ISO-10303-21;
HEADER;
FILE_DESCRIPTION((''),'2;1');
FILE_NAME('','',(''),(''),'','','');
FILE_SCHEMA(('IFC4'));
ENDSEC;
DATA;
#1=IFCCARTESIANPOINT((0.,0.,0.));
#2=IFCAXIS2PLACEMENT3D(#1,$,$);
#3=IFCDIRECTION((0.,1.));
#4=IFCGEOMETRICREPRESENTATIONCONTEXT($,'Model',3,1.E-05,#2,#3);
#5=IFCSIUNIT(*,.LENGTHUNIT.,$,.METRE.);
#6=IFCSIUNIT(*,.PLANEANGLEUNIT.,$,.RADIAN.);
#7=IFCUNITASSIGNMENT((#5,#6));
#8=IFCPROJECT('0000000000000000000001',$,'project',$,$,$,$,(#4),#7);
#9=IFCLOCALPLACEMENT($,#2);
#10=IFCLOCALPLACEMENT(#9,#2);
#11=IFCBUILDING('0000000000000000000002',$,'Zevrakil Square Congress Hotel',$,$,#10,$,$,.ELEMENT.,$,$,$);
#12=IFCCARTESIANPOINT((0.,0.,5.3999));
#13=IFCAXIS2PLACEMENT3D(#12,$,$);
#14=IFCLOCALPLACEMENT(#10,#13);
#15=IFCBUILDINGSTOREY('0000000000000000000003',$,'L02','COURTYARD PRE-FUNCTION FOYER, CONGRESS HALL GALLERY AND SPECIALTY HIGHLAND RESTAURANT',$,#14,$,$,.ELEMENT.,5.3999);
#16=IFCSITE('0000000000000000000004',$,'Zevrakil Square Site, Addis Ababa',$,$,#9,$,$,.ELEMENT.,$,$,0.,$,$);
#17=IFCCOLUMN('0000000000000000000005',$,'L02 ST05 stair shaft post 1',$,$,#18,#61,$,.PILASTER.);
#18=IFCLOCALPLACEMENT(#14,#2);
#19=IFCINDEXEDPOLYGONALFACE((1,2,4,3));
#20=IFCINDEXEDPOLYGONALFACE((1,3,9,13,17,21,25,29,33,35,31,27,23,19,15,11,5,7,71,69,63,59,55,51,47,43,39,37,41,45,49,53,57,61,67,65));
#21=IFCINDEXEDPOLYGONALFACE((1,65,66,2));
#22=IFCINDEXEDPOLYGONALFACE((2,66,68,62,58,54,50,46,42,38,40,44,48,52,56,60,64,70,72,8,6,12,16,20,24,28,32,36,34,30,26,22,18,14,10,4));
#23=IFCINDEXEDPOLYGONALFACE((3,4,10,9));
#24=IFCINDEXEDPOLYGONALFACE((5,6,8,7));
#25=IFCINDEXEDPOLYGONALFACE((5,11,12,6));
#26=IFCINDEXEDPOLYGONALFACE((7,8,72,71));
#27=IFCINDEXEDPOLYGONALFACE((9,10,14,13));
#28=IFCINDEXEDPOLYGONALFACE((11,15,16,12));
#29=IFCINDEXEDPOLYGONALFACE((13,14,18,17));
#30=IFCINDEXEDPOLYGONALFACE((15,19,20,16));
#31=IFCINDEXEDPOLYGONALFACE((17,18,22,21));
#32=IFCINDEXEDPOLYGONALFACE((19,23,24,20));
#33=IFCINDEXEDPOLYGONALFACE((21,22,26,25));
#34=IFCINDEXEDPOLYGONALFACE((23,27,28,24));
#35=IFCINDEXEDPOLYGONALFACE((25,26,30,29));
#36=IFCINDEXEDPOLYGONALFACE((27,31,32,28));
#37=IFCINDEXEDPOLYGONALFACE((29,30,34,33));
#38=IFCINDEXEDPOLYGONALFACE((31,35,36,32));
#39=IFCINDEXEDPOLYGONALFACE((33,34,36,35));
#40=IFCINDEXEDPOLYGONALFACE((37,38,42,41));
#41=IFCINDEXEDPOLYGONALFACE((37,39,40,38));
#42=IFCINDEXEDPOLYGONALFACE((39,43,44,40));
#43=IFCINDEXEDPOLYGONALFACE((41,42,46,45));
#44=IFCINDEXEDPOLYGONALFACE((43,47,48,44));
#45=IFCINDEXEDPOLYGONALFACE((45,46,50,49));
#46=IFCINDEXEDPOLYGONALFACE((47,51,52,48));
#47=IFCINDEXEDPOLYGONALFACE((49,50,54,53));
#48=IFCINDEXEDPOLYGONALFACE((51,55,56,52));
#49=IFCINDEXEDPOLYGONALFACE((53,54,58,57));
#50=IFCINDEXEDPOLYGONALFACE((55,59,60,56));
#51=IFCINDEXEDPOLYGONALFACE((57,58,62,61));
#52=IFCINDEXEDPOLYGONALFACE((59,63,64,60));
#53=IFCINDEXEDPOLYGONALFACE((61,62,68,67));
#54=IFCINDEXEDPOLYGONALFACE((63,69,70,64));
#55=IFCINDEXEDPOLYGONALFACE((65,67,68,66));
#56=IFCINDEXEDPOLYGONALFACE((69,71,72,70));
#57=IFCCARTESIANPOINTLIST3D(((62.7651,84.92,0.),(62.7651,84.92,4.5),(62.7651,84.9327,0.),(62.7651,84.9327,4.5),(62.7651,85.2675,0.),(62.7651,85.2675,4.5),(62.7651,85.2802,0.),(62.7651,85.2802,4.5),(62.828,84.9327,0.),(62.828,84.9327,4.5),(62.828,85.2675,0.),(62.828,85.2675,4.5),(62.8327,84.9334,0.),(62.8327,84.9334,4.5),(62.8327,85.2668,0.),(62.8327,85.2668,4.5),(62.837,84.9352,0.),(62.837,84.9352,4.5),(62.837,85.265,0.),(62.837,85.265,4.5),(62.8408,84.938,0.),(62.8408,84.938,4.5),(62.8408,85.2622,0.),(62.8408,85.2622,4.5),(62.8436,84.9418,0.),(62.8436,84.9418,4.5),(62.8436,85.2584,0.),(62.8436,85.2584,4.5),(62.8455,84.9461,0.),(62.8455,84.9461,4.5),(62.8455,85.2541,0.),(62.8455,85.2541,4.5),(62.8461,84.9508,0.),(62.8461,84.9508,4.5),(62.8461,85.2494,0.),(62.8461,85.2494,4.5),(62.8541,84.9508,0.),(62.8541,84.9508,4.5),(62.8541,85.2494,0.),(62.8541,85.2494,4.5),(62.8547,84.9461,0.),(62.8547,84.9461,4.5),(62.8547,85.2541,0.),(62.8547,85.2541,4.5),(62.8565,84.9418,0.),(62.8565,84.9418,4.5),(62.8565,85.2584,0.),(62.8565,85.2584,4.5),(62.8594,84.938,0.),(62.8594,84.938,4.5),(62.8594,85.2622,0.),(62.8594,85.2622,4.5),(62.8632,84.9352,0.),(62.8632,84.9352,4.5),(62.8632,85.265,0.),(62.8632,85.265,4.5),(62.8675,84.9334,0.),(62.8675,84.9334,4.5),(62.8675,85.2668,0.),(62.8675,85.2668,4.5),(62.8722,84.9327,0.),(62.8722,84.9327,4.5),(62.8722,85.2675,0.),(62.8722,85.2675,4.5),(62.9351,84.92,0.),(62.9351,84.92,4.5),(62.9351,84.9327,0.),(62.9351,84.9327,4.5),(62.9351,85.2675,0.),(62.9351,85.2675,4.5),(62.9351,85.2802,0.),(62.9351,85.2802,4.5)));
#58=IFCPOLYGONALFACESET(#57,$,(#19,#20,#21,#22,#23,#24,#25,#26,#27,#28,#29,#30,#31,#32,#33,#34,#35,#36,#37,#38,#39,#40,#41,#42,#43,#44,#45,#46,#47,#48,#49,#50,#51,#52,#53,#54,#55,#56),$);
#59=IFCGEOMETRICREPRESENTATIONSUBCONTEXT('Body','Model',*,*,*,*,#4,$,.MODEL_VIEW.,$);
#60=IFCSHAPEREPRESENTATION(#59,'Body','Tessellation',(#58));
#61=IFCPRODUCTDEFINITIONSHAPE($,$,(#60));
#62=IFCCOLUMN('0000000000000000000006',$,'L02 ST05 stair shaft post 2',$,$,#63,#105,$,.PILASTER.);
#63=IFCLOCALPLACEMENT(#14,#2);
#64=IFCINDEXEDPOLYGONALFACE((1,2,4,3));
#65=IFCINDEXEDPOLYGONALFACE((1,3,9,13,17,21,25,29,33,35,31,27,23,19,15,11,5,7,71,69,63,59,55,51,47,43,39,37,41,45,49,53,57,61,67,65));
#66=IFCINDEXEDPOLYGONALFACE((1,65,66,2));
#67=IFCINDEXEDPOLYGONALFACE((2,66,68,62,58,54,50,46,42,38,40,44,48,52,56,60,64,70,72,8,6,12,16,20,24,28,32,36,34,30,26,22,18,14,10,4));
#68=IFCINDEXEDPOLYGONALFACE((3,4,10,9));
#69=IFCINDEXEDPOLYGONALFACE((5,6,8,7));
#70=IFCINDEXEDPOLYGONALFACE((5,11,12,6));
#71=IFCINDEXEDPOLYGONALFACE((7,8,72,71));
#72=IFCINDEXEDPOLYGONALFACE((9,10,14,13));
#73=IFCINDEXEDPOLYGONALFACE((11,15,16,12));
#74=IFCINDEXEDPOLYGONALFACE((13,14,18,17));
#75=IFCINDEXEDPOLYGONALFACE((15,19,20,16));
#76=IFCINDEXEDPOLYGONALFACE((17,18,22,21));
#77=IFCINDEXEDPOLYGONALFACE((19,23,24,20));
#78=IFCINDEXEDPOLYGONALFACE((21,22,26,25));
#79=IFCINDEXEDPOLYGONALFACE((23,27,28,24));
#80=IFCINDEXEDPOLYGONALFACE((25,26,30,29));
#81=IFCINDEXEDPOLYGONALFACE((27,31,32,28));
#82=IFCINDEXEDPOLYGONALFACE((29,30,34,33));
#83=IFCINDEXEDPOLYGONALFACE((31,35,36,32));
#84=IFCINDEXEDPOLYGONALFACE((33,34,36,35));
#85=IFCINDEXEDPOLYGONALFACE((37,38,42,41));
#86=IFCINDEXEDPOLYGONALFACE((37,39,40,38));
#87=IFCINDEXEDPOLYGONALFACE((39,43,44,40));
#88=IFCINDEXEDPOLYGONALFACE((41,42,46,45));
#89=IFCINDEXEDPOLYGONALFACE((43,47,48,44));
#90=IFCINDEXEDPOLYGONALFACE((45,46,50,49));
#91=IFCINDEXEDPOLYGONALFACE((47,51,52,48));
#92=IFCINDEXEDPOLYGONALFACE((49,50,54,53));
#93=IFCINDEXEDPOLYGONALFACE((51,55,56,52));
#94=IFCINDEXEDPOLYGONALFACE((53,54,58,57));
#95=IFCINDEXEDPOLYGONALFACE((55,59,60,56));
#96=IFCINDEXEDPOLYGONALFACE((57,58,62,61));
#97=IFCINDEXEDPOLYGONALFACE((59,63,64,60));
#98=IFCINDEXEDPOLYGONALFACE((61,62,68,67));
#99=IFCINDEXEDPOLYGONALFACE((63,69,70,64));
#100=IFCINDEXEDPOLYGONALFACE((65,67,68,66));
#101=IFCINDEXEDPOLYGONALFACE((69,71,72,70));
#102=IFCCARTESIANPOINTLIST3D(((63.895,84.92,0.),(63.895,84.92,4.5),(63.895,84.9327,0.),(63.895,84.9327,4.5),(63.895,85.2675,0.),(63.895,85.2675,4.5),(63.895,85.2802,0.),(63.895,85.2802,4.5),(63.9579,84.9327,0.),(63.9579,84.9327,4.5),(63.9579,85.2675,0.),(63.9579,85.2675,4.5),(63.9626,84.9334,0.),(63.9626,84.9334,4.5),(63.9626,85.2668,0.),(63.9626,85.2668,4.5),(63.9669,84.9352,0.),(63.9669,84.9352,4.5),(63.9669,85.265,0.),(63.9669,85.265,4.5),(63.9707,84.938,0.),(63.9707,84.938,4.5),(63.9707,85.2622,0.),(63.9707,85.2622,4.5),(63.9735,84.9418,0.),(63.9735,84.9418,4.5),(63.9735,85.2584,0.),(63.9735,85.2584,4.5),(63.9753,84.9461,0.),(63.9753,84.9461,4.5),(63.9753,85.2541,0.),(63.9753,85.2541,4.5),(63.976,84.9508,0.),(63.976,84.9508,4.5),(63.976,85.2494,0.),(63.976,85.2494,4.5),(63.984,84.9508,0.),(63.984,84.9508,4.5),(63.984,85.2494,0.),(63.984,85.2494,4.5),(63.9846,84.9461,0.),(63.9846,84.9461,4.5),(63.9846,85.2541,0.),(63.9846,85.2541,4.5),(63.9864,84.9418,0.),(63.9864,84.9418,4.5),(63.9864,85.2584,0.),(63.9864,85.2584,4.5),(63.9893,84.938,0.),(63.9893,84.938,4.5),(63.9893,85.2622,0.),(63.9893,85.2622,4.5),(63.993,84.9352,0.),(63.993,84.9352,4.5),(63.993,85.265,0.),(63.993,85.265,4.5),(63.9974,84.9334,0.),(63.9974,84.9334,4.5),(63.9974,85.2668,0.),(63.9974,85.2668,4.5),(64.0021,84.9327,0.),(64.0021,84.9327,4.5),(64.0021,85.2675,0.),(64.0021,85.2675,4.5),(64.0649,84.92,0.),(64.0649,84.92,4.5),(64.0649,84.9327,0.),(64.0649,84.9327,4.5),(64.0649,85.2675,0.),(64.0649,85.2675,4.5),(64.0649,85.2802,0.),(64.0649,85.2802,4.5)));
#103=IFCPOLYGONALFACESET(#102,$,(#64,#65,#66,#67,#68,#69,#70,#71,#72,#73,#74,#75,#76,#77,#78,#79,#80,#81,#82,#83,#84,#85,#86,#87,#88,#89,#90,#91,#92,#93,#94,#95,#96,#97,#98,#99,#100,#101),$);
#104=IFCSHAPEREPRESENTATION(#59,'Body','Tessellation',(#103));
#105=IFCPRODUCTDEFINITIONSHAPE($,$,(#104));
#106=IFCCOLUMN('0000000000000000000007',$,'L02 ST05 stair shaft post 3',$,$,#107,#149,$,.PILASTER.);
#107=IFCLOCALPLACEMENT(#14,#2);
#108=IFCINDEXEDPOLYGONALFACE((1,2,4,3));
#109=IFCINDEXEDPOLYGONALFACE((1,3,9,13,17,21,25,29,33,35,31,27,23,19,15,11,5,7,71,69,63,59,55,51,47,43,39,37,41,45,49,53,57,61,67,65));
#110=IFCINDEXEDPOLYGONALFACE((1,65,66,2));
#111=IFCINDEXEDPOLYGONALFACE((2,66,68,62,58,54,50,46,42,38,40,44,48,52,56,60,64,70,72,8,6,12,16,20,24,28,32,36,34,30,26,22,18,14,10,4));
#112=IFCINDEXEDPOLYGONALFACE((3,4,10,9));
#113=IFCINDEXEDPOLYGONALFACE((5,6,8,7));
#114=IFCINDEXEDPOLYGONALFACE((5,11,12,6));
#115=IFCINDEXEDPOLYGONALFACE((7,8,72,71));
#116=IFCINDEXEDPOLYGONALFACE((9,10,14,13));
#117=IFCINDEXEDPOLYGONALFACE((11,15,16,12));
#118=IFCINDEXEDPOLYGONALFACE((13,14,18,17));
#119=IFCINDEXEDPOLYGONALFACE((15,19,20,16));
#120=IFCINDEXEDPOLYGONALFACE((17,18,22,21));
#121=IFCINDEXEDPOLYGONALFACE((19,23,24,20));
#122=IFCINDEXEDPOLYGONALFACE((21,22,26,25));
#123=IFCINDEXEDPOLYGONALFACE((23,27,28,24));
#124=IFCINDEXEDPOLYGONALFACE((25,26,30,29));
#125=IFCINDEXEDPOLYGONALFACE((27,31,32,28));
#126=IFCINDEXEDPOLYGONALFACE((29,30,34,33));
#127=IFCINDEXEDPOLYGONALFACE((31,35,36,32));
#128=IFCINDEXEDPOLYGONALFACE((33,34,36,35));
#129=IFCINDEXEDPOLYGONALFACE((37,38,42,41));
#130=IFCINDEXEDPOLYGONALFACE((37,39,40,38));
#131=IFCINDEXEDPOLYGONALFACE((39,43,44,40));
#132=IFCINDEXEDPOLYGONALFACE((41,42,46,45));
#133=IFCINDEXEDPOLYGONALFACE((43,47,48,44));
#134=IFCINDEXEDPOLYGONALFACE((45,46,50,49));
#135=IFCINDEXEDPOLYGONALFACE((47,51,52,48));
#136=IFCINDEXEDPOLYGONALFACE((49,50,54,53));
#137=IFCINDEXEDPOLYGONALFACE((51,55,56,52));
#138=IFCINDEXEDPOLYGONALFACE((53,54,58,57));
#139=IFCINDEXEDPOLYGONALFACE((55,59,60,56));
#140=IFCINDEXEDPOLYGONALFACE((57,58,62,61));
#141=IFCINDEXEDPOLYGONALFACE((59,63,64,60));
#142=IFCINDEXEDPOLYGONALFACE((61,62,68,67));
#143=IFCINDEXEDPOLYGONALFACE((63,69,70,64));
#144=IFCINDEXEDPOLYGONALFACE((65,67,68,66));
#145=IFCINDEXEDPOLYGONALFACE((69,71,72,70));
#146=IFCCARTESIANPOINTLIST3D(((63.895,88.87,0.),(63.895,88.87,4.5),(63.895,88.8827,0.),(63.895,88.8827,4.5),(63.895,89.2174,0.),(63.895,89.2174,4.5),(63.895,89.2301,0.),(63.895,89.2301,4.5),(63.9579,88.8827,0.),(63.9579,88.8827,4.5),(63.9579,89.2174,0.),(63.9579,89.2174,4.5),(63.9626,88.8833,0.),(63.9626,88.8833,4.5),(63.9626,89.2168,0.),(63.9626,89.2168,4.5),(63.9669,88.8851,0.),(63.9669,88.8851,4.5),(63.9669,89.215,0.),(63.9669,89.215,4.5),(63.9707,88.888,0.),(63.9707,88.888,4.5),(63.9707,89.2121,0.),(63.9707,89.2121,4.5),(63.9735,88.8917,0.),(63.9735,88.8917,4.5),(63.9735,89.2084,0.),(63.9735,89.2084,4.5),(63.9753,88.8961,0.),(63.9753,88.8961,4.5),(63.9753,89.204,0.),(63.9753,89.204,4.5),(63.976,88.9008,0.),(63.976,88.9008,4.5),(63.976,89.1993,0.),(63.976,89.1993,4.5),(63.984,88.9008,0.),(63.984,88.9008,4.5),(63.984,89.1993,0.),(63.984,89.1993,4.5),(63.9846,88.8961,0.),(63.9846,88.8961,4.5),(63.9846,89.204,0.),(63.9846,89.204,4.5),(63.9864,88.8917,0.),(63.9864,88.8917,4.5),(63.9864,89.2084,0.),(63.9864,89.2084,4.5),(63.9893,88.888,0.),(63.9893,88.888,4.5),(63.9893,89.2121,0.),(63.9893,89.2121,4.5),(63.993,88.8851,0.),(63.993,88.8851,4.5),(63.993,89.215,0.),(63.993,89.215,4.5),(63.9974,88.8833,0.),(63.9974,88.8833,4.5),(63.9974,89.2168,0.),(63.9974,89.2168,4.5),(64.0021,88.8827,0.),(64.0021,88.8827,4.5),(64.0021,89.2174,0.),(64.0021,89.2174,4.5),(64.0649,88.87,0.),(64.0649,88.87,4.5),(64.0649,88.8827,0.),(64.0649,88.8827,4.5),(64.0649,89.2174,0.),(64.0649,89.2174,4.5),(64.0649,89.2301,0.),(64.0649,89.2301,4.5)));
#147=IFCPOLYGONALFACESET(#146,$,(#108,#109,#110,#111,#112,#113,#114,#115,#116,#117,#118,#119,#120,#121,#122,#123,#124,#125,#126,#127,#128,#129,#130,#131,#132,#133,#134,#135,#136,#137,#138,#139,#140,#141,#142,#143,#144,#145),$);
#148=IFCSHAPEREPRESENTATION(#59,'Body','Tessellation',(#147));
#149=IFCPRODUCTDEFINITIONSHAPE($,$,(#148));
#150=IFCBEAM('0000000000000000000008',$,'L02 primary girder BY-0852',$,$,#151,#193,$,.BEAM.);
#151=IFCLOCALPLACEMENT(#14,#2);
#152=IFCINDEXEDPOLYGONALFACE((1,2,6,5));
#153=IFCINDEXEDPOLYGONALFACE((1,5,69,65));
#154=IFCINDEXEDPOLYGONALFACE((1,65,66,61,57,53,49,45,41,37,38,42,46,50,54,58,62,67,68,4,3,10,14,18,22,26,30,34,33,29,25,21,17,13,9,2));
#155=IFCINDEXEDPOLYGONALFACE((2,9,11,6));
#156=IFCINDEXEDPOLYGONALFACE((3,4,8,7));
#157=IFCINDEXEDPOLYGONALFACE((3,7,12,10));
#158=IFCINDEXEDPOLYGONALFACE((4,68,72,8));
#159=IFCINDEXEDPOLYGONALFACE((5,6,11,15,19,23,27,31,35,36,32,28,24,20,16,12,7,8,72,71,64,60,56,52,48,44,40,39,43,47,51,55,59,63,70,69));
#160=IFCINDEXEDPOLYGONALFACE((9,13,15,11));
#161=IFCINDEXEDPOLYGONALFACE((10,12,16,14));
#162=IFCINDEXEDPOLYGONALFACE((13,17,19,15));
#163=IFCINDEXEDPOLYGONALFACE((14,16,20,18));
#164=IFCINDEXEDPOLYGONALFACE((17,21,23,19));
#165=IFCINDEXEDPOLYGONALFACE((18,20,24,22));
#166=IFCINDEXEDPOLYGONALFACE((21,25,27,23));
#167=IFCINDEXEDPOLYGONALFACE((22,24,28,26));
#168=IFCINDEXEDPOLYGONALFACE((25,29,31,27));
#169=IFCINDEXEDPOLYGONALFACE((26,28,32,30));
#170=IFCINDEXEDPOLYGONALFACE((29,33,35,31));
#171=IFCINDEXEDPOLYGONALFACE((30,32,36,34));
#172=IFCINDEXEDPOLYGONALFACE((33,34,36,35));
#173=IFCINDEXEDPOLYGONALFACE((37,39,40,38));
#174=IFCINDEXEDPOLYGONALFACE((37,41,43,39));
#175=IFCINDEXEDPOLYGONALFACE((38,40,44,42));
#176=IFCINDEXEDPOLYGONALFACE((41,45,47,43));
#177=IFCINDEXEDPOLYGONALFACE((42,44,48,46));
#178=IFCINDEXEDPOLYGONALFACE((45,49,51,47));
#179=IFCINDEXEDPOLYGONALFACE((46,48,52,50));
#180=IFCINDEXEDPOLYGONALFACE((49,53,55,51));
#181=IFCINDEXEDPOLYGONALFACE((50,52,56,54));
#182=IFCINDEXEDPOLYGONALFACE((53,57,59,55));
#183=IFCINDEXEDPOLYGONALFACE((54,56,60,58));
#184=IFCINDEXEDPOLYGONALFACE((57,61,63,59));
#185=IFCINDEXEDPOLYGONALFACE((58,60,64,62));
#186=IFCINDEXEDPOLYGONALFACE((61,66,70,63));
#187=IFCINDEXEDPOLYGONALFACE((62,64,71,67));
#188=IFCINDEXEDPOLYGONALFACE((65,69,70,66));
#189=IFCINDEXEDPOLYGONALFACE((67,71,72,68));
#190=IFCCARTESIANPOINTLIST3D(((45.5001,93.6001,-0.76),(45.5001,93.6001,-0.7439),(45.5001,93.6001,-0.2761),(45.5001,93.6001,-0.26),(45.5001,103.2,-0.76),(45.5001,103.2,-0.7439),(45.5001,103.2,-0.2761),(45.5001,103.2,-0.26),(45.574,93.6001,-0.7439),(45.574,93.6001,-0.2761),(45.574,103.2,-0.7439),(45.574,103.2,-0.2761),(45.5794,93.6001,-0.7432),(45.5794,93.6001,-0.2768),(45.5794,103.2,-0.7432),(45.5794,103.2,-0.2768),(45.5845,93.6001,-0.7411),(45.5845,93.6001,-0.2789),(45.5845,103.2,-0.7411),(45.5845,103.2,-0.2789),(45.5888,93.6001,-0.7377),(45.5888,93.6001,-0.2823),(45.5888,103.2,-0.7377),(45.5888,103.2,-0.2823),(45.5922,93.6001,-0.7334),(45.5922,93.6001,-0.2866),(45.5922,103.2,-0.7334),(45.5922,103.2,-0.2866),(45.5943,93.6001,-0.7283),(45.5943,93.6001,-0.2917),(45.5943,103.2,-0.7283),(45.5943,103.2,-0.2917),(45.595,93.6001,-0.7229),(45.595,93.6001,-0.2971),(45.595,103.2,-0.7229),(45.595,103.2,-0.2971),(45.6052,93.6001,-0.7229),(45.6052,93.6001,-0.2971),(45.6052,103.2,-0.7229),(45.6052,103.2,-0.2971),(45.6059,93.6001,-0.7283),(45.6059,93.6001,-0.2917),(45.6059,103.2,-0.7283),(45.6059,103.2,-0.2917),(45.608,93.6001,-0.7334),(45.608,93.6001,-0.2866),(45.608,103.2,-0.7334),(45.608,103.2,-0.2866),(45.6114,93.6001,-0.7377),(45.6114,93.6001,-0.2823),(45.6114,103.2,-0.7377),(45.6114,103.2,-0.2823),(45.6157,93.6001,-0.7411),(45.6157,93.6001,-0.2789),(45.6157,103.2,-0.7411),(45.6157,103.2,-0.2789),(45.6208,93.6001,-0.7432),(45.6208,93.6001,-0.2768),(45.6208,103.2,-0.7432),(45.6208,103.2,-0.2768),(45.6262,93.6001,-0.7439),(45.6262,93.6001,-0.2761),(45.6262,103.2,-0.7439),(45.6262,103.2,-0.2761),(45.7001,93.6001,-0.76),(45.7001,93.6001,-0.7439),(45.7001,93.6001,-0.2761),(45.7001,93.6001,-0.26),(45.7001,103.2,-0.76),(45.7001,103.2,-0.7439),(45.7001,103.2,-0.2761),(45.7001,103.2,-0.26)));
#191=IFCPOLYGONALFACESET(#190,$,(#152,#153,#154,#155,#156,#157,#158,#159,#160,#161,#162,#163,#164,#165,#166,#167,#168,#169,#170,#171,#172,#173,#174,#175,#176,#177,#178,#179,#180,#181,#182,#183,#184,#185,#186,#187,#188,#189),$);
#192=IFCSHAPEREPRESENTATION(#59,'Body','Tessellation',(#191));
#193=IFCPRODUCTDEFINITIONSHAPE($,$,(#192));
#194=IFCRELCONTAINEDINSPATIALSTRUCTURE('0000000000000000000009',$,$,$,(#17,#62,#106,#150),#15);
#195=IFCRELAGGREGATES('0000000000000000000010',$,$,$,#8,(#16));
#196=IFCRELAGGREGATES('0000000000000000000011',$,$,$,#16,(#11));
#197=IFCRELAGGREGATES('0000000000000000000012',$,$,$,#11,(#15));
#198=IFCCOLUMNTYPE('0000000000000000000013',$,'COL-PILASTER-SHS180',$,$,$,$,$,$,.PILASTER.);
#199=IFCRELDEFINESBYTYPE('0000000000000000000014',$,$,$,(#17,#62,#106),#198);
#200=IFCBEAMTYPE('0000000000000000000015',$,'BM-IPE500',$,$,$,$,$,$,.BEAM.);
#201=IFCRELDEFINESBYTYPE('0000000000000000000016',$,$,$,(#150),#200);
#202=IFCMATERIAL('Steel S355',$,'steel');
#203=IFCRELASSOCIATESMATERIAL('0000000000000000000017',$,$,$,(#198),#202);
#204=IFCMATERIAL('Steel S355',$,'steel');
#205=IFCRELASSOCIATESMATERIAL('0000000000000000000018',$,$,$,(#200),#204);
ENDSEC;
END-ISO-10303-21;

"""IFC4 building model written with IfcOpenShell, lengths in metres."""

from ifc_helpers import new_model, si_unit, direction, frame, origin, origin_2d, place, context, subcontext, project, spatial, i_section, extrude, material, material_profile, profile_set, type_object, element, save


model = new_model("IFC4")

# Units and contexts
model_context = context("Model", 3, precision=1e-05, world=origin(), true_north=direction((0.0, 1.0)))
body_context = subcontext(model_context, "Body", "Model", "MODEL_VIEW")
ifc_project = project(units=[si_unit("LENGTHUNIT", "METRE"), si_unit("PLANEANGLEUNIT", "RADIAN")], contexts=[model_context])

# Site, building, storey
site_placement = place(None, origin())
site = spatial("IfcSite", under=ifc_project, at=site_placement, Name="Zevrakil Square Site, Addis Ababa", CompositionType="ELEMENT", RefElevation=0.0)
building_placement = place(site_placement, origin())
building = spatial("IfcBuilding", under=site, at=building_placement, Name="Zevrakil Square Congress Hotel", CompositionType="ELEMENT")
storey_placement = place(building_placement, frame((0.0, 0.0, 5.3999)))
storey = spatial("IfcBuildingStorey", under=building, at=storey_placement, Name="L02", Description="COURTYARD PRE-FUNCTION FOYER, CONGRESS HALL GALLERY AND SPECIALTY HIGHLAND RESTAURANT", CompositionType="ELEMENT", Elevation=5.3999)

# Columns
ifc_material_1 = material(Name="Steel S355", Category="steel")
ifc_material_profile_1 = material_profile(ifc_material_1, i_section(OverallWidth=0.1699, OverallDepth=0.3601, WebThickness=0.0081, FlangeThickness=0.0127, FilletRadius=0.0181, at=origin_2d()), Name="IPE 360")
ifc_profile_set_1 = profile_set([ifc_material_profile_1], Name="Steel S355")
column_type = type_object("IfcColumnType", Name="COL-PILASTER-SHS180", PredefinedType="PILASTER", material=ifc_profile_set_1)
for number, where, z_axis, x_axis, name in (
    (1, (62.8501, 85.1001, 0.0), (0.0, 0.0, 1.0), (1.0, 0.0, 0.0), "L02 ST05 stair shaft post 1"),
    (2, (63.98, 85.1001, 0.0), (0.0, 0.0, 1.0), (1.0, 0.0, 0.0), "L02 ST05 stair shaft post 2"),
    (3, (63.98, 89.05, 0.0), (0.0, 0.0, 1.0), (1.0, 0.0, 0.0), "L02 ST05 stair shaft post 3"),
):
    element("IfcColumn", number, at=place(storey_placement, frame(where, z_axis=z_axis, x_axis=x_axis)), inside=storey, type_object=column_type, Name=name, PredefinedType="PILASTER", context=body_context, shape_type="SweptSolid", body=[
        extrude(i_section(OverallWidth=0.1699, OverallDepth=0.3601, WebThickness=0.0081, FlangeThickness=0.0127, FilletRadius=0.0181, at=origin_2d()), origin(), (0.0, 0.0, 1.0), 4.5),
    ])

# Beam
ifc_material_2 = material(Name="Steel S355", Category="steel")
ifc_material_profile_2 = material_profile(ifc_material_2, i_section(OverallWidth=0.2, OverallDepth=0.5, WebThickness=0.0103, FlangeThickness=0.0161, FilletRadius=0.021, at=origin_2d()), Name="IPE 500")
ifc_profile_set_2 = profile_set([ifc_material_profile_2], Name="Steel S355")
beam_type = type_object("IfcBeamType", Name="BM-IPE500", PredefinedType="BEAM", material=ifc_profile_set_2)
beam_placement = place(storey_placement, frame((45.6001, 93.6001, -0.51), z_axis=(0.0, 1.0, 0.0), x_axis=(-1.0, 0.0, 0.0)))
element("IfcBeam", 4, at=beam_placement, inside=storey, type_object=beam_type, Name="L02 primary girder BY-0852", PredefinedType="BEAM", context=body_context, shape_type="SweptSolid", body=[
    extrude(i_section(OverallWidth=0.2, OverallDepth=0.5, WebThickness=0.0103, FlangeThickness=0.0161, FilletRadius=0.021, at=origin_2d()), origin(), (0.0, 0.0, 1.0), 9.5999),
])

save(model, "model.ifc")
